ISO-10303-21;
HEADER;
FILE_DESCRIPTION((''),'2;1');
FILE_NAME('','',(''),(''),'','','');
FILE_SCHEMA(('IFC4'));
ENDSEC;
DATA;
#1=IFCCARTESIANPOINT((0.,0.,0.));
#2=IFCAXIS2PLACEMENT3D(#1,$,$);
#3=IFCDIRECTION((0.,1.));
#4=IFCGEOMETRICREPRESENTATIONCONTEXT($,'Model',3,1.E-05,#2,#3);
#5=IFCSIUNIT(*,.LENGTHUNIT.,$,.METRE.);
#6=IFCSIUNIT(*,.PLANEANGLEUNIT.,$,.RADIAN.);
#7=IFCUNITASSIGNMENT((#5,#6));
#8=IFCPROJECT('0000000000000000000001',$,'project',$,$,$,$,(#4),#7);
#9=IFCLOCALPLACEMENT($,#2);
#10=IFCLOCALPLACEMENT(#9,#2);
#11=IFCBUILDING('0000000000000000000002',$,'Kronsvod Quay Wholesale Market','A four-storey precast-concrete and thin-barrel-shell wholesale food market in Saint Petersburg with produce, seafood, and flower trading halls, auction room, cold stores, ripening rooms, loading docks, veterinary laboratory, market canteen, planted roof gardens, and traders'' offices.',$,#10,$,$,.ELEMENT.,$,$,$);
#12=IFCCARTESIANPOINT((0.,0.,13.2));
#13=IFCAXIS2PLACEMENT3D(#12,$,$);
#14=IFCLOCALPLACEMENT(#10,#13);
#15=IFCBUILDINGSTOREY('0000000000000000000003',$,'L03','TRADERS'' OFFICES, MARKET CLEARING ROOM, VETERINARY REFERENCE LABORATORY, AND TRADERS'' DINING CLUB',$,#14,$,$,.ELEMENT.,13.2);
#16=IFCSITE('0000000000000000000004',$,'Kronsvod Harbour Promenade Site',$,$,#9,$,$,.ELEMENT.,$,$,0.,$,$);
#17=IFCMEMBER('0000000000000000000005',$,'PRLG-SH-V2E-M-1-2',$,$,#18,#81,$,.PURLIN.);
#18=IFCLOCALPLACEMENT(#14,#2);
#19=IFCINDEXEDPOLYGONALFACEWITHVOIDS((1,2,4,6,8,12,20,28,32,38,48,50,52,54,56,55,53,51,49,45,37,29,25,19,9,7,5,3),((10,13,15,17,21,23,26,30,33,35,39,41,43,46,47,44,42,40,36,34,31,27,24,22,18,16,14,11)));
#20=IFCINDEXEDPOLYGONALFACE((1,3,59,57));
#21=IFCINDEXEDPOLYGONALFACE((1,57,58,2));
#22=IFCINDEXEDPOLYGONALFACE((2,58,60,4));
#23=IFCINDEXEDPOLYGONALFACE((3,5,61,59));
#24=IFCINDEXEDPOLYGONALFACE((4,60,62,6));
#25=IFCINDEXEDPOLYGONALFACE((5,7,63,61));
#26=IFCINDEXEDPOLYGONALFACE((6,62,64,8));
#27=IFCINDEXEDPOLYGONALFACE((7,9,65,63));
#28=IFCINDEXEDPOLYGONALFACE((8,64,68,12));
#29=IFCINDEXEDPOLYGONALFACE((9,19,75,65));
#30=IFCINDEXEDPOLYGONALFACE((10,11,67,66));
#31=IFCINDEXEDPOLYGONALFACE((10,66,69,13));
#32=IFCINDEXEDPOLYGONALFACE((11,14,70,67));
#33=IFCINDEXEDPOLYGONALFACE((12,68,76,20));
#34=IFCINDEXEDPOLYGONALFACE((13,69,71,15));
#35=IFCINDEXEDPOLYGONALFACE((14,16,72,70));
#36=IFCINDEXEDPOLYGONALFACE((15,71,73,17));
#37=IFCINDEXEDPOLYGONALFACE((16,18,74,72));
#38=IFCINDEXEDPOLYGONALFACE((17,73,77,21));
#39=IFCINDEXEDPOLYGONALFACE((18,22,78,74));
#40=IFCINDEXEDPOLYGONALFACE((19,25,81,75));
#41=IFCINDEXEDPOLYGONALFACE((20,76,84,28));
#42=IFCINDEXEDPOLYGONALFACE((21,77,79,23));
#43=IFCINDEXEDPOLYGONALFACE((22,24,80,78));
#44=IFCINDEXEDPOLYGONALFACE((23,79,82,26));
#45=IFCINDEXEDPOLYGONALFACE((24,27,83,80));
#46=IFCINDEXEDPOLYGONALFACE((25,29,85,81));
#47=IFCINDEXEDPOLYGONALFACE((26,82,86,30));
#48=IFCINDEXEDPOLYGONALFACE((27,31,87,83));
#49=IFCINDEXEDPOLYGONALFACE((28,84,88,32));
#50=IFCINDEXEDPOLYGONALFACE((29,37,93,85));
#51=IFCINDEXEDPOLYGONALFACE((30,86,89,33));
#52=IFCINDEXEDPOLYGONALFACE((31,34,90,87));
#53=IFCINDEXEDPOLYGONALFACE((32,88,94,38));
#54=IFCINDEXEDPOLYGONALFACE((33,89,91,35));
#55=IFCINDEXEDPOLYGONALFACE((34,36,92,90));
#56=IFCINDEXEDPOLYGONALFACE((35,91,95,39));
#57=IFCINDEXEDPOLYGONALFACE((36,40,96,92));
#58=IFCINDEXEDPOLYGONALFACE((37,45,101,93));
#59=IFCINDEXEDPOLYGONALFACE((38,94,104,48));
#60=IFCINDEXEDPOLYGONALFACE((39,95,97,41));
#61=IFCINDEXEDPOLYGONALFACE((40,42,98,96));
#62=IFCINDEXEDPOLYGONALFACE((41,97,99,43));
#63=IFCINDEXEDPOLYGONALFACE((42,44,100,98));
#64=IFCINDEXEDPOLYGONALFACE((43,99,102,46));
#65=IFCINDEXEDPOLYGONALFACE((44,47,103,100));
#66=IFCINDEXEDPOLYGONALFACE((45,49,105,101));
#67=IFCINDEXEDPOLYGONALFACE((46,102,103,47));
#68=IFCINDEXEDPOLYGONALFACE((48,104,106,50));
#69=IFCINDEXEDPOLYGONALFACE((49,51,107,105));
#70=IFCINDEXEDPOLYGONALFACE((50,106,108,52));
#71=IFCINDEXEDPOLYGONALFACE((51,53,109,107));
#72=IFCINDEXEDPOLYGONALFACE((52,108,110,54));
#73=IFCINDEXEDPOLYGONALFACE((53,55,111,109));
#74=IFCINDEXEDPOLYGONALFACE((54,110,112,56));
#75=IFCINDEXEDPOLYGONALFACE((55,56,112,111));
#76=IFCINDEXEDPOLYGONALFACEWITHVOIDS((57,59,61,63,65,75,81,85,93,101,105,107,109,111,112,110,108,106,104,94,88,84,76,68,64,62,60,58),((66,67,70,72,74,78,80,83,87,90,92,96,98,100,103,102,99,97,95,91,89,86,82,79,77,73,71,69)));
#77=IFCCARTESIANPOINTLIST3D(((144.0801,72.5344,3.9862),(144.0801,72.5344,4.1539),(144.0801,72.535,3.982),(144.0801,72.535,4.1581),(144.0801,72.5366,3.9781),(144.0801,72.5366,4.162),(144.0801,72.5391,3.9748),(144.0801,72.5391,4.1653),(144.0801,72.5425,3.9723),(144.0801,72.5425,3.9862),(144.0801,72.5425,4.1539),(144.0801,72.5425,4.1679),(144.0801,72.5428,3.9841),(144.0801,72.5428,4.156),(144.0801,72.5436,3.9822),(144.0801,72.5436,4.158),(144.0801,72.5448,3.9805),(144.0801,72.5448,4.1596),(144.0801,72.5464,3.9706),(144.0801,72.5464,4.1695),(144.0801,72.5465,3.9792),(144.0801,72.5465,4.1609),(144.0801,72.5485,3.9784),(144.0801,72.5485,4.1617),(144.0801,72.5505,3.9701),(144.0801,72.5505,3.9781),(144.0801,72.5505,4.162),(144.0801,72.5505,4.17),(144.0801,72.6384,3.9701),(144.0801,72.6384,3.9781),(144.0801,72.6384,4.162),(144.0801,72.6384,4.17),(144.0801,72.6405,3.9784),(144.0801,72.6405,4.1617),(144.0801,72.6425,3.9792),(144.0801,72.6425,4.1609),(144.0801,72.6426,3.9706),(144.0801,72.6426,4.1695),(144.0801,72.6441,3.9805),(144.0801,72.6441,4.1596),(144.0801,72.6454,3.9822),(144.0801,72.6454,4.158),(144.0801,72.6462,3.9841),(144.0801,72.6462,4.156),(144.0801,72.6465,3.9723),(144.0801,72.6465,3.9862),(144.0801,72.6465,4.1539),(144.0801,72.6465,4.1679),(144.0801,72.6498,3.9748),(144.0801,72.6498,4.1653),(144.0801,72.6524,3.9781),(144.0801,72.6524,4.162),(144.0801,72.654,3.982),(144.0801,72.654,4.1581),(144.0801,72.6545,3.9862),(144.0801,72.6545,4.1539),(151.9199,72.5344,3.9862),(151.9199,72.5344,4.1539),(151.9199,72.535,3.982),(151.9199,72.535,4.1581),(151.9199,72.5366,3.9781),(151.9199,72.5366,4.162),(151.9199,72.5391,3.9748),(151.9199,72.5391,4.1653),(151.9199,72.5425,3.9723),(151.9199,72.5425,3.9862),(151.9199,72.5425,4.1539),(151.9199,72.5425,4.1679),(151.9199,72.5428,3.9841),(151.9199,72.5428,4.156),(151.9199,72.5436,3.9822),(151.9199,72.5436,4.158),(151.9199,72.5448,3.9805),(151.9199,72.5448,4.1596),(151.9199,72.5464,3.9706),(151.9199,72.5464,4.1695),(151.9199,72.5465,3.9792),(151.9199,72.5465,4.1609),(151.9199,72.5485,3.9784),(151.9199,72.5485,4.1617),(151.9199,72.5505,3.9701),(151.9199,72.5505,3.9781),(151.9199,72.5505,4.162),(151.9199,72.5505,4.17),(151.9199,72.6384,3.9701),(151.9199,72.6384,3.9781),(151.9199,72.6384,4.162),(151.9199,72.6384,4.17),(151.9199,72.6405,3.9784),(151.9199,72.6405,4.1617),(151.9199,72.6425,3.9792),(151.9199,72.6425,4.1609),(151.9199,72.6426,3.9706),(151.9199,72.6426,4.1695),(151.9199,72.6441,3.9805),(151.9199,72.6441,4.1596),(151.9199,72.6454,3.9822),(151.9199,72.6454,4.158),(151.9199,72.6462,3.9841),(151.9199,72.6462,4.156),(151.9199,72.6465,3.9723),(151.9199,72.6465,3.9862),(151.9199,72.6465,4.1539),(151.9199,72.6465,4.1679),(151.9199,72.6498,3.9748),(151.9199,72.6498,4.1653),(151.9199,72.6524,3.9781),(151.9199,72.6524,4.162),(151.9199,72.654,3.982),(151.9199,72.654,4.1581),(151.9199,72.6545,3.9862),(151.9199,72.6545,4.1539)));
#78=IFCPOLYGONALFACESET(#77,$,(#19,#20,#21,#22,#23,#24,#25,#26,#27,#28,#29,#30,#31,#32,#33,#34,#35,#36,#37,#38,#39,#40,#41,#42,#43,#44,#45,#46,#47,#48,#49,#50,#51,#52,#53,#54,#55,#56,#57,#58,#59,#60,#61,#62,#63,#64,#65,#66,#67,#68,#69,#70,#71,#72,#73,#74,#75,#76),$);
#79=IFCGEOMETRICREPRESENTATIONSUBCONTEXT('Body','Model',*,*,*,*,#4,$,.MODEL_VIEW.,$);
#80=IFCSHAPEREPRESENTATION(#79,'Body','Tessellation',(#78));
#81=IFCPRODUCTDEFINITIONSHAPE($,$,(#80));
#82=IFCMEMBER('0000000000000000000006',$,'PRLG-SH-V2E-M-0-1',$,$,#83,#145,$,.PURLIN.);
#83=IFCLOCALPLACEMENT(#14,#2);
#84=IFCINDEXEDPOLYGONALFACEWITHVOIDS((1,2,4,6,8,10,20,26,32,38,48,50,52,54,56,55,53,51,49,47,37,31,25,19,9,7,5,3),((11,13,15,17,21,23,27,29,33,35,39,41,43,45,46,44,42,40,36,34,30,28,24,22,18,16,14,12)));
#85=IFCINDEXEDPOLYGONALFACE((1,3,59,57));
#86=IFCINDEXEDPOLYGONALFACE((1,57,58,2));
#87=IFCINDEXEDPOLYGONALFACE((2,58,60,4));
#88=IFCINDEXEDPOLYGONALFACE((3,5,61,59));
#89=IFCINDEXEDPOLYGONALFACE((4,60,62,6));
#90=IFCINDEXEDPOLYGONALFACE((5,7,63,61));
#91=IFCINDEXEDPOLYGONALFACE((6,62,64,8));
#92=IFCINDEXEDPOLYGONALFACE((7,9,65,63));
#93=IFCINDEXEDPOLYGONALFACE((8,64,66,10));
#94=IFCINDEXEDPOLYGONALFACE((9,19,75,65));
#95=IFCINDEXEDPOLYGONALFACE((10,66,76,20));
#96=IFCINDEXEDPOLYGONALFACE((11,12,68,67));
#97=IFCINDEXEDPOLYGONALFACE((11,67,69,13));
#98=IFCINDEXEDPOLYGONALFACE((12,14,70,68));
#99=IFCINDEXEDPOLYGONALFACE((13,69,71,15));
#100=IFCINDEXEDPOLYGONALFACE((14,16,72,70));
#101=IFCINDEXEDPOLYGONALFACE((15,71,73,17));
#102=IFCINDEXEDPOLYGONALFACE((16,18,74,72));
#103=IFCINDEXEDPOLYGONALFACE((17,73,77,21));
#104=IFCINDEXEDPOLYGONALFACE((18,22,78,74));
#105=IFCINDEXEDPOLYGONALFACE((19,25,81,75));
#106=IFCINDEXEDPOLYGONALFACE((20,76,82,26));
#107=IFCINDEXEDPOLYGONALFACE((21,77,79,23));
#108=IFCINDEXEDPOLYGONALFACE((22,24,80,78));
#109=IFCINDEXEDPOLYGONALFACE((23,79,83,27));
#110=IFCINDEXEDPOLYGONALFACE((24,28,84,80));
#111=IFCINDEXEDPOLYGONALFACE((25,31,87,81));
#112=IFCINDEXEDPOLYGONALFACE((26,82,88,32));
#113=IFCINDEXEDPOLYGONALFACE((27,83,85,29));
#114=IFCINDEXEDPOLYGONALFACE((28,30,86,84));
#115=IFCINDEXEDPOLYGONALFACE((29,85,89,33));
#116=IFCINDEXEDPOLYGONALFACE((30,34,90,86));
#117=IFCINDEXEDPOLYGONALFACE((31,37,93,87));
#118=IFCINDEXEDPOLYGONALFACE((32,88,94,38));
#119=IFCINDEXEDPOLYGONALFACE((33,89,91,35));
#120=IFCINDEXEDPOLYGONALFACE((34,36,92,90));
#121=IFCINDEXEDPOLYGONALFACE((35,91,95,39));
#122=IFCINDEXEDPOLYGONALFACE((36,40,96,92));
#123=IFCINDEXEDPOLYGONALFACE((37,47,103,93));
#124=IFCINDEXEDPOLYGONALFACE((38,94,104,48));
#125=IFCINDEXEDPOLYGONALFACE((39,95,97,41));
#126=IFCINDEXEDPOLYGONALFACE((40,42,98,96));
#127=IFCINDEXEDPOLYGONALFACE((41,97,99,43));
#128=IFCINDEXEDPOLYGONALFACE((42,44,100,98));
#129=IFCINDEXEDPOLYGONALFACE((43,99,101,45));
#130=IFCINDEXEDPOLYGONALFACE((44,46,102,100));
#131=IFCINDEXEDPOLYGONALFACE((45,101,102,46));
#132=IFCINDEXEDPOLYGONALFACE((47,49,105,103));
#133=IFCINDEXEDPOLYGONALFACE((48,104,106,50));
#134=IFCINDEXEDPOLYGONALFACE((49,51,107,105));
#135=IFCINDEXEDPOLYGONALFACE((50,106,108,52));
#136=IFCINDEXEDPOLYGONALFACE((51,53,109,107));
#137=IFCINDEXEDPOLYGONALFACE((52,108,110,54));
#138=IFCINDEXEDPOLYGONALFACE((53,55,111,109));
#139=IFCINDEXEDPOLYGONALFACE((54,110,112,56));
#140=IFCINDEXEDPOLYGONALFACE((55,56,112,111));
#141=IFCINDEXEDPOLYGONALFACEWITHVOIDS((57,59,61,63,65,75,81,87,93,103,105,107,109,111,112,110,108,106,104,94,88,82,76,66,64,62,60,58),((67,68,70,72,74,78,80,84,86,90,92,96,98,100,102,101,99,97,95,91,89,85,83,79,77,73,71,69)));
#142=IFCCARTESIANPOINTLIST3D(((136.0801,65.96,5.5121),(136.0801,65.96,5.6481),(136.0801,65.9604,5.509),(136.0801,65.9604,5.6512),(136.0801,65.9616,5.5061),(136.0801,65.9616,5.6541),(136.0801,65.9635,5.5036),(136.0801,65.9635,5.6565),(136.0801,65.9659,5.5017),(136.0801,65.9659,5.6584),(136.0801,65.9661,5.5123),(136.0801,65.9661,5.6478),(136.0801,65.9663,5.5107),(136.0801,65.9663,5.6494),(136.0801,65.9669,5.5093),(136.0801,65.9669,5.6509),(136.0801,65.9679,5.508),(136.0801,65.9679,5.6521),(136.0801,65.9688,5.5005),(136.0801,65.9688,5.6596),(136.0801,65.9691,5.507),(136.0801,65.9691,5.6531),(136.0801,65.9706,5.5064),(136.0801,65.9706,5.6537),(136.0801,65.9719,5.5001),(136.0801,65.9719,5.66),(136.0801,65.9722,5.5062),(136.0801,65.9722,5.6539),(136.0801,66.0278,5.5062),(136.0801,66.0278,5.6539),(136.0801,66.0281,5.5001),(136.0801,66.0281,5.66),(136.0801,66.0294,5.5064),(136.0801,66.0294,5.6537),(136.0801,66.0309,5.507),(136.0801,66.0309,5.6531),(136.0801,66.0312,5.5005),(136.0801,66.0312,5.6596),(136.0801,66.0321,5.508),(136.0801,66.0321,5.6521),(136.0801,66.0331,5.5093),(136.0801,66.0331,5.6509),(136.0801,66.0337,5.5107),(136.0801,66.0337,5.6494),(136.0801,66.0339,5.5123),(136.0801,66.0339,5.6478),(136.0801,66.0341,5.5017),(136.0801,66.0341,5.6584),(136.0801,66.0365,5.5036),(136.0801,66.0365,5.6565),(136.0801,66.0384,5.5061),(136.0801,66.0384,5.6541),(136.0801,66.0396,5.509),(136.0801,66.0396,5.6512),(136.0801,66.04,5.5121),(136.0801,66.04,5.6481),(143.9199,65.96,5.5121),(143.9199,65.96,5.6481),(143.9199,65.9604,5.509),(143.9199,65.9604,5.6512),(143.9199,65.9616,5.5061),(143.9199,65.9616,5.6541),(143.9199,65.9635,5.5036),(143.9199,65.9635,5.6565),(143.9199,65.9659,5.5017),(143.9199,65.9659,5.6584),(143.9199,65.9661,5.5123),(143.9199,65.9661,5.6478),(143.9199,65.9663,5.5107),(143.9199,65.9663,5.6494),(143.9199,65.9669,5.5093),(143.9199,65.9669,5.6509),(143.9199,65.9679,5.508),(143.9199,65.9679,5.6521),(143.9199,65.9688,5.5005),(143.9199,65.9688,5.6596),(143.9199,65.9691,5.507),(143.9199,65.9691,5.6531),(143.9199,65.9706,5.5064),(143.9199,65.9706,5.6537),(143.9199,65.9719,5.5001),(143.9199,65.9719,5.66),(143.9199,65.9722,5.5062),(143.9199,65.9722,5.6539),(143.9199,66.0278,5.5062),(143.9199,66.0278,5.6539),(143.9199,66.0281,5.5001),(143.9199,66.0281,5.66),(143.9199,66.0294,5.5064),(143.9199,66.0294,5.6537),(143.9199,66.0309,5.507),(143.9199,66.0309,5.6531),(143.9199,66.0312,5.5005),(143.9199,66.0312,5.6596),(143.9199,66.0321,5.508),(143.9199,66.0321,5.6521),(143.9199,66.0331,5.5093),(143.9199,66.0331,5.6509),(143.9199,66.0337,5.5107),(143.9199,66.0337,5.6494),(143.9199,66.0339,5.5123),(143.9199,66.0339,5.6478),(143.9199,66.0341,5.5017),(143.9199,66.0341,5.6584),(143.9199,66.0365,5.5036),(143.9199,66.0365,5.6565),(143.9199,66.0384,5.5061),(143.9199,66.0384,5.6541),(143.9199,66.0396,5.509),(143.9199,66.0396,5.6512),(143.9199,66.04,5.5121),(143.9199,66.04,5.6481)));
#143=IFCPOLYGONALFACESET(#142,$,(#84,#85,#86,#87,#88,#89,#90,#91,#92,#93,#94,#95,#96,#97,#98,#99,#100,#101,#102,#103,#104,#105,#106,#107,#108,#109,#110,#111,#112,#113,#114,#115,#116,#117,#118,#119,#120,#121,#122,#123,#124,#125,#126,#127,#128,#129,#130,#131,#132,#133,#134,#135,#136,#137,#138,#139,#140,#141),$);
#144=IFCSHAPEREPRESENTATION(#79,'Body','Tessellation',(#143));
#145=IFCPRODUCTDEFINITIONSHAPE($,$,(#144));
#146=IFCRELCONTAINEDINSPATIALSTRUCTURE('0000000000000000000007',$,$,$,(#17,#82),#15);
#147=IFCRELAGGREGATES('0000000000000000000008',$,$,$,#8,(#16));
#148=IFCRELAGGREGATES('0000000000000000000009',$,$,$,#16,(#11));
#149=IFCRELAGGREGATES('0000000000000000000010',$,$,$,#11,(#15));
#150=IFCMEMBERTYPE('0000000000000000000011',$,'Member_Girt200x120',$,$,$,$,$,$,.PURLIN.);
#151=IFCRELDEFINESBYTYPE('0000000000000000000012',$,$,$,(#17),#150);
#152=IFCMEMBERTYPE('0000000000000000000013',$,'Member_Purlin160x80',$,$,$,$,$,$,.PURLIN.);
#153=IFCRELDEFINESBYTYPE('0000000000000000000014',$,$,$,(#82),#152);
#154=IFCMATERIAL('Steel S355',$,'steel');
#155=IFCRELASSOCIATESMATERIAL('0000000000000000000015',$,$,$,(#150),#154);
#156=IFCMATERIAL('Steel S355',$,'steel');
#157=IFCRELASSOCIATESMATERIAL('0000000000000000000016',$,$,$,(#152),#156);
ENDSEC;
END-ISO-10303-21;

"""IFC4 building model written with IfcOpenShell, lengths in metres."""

from ifc_helpers import new_model, si_unit, direction, frame, origin, origin_2d, place, context, subcontext, project, spatial, hollow_rectangle, extrude, material, material_profile, profile_set, type_object, element, save


model = new_model("IFC4")

# Units and contexts
model_context = context("Model", 3, precision=1e-05, world=origin(), true_north=direction((0.0, 1.0)))
body_context = subcontext(model_context, "Body", "Model", "MODEL_VIEW")
ifc_project = project(units=[si_unit("LENGTHUNIT", "METRE"), si_unit("PLANEANGLEUNIT", "RADIAN")], contexts=[model_context])

# Site, building, storey
site_placement = place(None, origin())
site = spatial("IfcSite", under=ifc_project, at=site_placement, Name="Kronsvod Harbour Promenade Site", CompositionType="ELEMENT", RefElevation=0.0)
building_placement = place(site_placement, origin())
building = spatial("IfcBuilding", under=site, at=building_placement, Name="Kronsvod Quay Wholesale Market", Description="A four-storey precast-concrete and thin-barrel-shell wholesale food market in Saint Petersburg with produce, seafood, and flower trading halls, auction room, cold stores, ripening rooms, loading docks, veterinary laboratory, market canteen, planted roof gardens, and traders' offices.", CompositionType="ELEMENT")
storey_placement = place(building_placement, frame((0.0, 0.0, 13.2)))
storey = spatial("IfcBuildingStorey", under=building, at=storey_placement, Name="L03", Description="TRADERS' OFFICES, MARKET CLEARING ROOM, VETERINARY REFERENCE LABORATORY, AND TRADERS' DINING CLUB", CompositionType="ELEMENT", Elevation=13.2)

# Members
ifc_material_1 = material(Name="Steel S355", Category="steel")
ifc_material_profile_1 = material_profile(ifc_material_1, hollow_rectangle(XDim=0.1201, YDim=0.2, WallThickness=0.0081, InnerFilletRadius=0.0081, OuterFilletRadius=0.0161, at=origin_2d()), Name="RHS200x120x8")
ifc_profile_set_1 = profile_set([ifc_material_profile_1], Name="Steel S355")
member_type_1 = type_object("IfcMemberType", Name="Member_Girt200x120", PredefinedType="PURLIN", material=ifc_profile_set_1)
for number, where, z_axis, x_axis, name in (
    (1, (144.0801, 72.5945, 4.0701), (1.0, 0.0, 0.0), (0.0, 1.0, 0.0), "PRLG-SH-V2E-M-1-2"),
):
    element("IfcMember", number, at=place(storey_placement, frame(where, z_axis=z_axis, x_axis=x_axis)), inside=storey, type_object=member_type_1, Name=name, PredefinedType="PURLIN", context=body_context, shape_type="SweptSolid", body=[
        extrude(hollow_rectangle(XDim=0.1201, YDim=0.2, WallThickness=0.0081, InnerFilletRadius=0.0081, OuterFilletRadius=0.0161, at=origin_2d()), origin(), (0.0, 0.0, 1.0), 7.8398),
    ])
ifc_material_2 = material(Name="Steel S355", Category="steel")
ifc_material_profile_2 = material_profile(ifc_material_2, hollow_rectangle(XDim=0.0801, YDim=0.1599, WallThickness=0.0061, InnerFilletRadius=0.0061, OuterFilletRadius=0.012, at=origin_2d()), Name="RHS160x80x6")
ifc_profile_set_2 = profile_set([ifc_material_profile_2], Name="Steel S355")
member_type_2 = type_object("IfcMemberType", Name="Member_Purlin160x80", PredefinedType="PURLIN", material=ifc_profile_set_2)
for number, where, z_axis, x_axis, name in (
    (2, (136.0801, 66.0, 5.5801), (1.0, 0.0, 0.0), (0.0, 1.0, 0.0), "PRLG-SH-V2E-M-0-1"),
):
    element("IfcMember", number, at=place(storey_placement, frame(where, z_axis=z_axis, x_axis=x_axis)), inside=storey, type_object=member_type_2, Name=name, PredefinedType="PURLIN", context=body_context, shape_type="SweptSolid", body=[
        extrude(hollow_rectangle(XDim=0.0801, YDim=0.1599, WallThickness=0.0061, InnerFilletRadius=0.0061, OuterFilletRadius=0.012, at=origin_2d()), origin(), (0.0, 0.0, 1.0), 7.8398),
    ])

save(model, "model.ifc")
